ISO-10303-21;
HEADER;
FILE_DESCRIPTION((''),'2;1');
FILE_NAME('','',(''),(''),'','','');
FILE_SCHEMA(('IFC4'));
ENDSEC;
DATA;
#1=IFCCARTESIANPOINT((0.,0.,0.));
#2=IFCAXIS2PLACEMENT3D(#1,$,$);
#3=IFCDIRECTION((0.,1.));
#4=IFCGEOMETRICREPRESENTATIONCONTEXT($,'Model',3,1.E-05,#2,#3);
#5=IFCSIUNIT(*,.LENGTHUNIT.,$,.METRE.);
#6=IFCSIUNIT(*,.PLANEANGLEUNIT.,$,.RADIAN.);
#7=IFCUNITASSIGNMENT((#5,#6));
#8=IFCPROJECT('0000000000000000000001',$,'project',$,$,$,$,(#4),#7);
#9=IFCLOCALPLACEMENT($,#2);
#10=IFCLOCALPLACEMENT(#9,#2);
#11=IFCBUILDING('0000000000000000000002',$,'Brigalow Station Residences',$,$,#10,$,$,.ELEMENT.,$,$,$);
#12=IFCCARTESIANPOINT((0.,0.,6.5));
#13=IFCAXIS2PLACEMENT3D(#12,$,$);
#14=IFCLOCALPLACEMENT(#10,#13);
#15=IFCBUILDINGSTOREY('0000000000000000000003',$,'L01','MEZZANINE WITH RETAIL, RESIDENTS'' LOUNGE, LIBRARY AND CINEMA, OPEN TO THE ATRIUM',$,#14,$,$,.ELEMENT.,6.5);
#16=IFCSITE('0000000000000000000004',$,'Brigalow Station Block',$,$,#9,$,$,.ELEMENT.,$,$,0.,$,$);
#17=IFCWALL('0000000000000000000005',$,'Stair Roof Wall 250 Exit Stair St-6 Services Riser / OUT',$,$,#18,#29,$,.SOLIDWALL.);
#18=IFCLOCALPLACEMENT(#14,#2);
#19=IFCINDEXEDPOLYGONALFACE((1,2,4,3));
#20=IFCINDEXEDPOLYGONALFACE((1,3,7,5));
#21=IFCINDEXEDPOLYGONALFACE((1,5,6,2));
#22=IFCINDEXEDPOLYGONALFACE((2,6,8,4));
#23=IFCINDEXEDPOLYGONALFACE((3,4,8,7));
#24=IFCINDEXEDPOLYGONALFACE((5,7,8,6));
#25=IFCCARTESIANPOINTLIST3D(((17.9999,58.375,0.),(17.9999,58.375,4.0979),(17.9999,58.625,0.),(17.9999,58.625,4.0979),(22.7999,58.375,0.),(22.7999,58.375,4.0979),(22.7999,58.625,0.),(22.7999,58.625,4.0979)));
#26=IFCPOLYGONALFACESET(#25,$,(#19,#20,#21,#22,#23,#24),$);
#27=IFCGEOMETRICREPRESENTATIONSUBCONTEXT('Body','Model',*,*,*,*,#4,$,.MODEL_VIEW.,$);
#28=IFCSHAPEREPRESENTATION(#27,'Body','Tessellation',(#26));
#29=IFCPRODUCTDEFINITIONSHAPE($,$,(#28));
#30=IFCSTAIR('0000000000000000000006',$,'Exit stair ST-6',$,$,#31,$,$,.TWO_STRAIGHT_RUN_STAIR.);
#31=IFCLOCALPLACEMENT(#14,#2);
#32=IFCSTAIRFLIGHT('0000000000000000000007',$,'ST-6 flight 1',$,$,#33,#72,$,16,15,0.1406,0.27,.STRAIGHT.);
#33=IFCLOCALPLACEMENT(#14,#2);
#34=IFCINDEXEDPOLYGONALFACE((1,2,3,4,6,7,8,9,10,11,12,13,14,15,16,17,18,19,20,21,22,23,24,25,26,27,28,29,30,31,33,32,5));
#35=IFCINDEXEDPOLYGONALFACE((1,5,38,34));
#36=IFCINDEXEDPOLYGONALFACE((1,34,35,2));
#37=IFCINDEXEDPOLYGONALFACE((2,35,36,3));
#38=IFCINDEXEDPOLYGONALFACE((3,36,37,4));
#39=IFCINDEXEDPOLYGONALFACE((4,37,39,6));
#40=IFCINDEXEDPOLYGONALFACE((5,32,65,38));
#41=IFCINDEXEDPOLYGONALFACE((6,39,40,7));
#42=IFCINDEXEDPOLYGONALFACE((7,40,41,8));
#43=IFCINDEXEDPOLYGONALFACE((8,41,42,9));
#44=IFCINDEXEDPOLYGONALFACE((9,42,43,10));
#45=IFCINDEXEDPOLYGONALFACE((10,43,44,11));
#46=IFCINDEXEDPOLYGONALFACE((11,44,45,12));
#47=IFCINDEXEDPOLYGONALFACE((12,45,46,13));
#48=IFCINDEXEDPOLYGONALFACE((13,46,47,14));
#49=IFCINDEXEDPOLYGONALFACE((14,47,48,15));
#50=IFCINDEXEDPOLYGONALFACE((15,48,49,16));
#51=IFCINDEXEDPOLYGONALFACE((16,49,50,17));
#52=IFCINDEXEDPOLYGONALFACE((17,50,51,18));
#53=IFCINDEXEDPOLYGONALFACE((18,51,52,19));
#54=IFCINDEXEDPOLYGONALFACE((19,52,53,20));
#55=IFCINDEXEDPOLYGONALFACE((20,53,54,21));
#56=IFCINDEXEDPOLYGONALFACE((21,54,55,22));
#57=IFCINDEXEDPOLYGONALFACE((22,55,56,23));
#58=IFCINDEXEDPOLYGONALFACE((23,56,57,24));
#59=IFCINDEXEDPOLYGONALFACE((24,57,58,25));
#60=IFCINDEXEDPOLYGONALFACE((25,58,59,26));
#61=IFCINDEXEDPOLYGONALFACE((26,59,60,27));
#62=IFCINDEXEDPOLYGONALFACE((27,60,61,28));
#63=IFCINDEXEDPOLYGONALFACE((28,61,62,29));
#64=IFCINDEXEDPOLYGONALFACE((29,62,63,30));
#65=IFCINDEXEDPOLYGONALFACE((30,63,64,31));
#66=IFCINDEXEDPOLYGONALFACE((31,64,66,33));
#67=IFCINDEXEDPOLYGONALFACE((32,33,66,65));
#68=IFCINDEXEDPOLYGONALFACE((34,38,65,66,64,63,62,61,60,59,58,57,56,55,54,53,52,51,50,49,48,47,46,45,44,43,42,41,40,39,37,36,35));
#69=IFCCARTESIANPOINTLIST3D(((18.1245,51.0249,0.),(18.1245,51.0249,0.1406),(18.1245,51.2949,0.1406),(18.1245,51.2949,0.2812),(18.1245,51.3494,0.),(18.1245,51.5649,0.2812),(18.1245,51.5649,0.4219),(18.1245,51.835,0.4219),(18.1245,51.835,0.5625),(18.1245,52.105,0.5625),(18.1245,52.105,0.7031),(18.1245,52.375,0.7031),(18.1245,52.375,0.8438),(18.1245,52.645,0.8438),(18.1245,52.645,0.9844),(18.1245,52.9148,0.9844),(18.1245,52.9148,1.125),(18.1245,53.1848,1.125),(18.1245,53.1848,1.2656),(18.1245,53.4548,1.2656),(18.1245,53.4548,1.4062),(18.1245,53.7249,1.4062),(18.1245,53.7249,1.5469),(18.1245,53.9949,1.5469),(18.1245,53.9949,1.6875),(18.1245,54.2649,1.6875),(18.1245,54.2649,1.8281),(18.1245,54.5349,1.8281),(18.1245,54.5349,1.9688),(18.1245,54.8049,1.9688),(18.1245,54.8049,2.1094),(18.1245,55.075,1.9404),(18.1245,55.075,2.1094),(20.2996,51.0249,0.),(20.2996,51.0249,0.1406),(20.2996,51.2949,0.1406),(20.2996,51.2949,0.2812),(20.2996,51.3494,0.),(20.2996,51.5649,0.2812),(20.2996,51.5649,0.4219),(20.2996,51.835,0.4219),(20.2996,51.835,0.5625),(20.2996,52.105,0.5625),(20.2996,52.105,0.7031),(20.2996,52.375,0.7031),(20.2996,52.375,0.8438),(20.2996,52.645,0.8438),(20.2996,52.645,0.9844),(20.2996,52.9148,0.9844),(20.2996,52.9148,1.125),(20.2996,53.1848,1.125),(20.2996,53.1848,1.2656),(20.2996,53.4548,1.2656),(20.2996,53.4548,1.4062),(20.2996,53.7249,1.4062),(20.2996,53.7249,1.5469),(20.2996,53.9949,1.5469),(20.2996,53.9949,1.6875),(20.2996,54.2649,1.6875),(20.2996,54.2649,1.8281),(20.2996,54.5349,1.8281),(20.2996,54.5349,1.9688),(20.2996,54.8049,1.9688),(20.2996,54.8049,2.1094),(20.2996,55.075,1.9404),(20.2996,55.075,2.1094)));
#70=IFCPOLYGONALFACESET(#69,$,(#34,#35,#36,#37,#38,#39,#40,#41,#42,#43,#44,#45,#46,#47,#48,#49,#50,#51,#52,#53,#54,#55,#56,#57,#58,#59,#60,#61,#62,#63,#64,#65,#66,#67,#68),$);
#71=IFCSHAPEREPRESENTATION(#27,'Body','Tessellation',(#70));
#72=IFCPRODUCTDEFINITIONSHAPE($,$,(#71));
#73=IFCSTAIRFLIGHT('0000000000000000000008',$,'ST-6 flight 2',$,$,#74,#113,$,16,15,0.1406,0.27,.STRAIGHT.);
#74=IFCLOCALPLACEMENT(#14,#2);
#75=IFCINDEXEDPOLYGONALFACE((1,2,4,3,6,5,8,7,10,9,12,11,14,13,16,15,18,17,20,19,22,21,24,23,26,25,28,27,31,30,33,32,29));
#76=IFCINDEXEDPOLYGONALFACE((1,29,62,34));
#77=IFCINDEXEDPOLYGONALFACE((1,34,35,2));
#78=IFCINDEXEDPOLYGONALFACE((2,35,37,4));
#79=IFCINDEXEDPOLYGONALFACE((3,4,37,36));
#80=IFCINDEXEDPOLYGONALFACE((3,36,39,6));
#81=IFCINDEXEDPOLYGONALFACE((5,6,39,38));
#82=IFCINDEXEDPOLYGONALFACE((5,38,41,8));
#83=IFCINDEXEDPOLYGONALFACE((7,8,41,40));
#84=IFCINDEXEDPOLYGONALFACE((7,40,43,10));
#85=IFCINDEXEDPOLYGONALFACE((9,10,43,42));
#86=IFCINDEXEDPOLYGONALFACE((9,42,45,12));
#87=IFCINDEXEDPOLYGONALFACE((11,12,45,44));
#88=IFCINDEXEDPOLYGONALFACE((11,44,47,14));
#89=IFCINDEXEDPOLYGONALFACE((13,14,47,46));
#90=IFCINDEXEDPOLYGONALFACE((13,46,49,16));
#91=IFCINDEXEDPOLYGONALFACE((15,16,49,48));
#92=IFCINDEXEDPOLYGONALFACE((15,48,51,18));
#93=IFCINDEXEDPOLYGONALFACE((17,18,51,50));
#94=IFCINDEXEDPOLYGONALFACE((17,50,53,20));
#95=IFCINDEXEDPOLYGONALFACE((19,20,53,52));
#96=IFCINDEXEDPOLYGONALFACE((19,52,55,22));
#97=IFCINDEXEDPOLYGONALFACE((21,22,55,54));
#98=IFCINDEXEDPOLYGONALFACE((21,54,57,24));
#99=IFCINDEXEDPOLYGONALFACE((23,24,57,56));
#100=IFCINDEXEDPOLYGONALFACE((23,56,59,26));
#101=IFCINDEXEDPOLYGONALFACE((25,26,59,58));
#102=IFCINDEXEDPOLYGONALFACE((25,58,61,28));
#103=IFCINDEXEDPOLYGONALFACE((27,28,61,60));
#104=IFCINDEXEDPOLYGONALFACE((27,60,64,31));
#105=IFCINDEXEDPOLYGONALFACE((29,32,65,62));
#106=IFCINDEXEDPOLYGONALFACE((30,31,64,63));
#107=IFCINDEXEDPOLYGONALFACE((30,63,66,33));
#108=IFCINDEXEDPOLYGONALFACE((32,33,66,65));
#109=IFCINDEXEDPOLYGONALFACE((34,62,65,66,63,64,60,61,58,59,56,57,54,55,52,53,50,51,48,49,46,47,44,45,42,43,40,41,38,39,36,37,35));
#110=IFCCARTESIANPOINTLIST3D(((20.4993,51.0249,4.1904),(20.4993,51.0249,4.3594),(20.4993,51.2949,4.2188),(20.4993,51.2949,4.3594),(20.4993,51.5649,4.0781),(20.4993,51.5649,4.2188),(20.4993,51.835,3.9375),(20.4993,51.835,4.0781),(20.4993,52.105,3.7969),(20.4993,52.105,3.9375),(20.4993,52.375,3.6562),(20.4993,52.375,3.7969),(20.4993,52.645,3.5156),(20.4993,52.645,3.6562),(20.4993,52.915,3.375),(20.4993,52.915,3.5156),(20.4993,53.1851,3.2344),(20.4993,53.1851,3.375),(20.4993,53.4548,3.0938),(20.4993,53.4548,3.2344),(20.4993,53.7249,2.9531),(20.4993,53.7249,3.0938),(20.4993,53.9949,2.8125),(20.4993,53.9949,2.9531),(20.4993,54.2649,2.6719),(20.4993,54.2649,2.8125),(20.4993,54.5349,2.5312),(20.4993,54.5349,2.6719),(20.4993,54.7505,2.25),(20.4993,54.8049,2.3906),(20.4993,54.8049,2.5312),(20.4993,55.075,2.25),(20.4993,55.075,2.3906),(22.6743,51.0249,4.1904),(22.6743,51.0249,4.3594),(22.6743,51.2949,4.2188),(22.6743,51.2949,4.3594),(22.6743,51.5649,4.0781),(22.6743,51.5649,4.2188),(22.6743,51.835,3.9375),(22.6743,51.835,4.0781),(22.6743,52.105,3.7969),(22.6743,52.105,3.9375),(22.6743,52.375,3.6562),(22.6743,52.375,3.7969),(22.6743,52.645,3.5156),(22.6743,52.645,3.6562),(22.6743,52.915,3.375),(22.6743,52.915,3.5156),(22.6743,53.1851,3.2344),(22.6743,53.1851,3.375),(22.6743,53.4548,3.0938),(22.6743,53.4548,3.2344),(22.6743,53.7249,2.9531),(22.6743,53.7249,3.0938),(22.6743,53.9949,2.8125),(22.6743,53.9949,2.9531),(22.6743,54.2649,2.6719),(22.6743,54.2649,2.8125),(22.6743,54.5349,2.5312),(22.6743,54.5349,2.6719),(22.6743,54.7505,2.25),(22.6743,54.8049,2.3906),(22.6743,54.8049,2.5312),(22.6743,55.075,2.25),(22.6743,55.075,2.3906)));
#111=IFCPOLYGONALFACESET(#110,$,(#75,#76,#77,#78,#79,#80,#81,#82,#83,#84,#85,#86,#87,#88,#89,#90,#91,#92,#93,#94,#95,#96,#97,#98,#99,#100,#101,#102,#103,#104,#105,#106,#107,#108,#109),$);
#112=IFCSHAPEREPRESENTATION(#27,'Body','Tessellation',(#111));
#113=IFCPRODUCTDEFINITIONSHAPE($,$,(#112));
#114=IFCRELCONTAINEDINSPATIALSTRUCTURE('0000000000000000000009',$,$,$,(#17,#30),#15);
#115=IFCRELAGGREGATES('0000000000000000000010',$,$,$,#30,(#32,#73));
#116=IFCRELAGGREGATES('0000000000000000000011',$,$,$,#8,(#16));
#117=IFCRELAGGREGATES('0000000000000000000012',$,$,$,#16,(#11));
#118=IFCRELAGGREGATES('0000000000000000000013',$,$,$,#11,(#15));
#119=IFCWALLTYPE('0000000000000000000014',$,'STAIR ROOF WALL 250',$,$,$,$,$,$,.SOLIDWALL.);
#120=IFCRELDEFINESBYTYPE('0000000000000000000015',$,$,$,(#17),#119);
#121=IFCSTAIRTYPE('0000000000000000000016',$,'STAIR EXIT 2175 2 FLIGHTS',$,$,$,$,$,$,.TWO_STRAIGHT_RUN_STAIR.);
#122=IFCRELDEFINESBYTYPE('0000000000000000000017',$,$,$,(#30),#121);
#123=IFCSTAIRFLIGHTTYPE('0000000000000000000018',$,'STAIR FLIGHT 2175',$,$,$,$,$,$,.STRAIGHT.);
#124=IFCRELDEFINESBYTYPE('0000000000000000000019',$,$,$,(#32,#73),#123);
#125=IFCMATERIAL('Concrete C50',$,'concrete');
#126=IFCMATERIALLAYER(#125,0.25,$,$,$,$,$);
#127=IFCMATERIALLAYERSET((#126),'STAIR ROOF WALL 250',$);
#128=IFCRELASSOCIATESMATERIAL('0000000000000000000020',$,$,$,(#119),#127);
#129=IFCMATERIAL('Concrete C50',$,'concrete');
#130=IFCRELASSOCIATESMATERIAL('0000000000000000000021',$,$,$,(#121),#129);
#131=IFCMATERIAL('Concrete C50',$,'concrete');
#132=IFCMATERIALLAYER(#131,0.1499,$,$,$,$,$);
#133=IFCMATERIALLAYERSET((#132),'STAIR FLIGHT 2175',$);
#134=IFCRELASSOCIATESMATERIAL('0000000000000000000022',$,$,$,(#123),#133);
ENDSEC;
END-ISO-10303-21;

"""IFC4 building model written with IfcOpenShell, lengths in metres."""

from ifc_helpers import new_model, si_unit, direction, frame, frame_2d, origin, place, context, subcontext, project, spatial, polyline, rectangle, outline, extrude, material, layer, layer_set, type_object, element, aggregate, save


model = new_model("IFC4")

# Units and contexts
model_context = context("Model", 3, precision=1e-05, world=origin(), true_north=direction((0.0, 1.0)))
body_context = subcontext(model_context, "Body", "Model", "MODEL_VIEW")
ifc_project = project(units=[si_unit("LENGTHUNIT", "METRE"), si_unit("PLANEANGLEUNIT", "RADIAN")], contexts=[model_context])

# Site, building, storey
site_placement = place(None, origin())
site = spatial("IfcSite", under=ifc_project, at=site_placement, Name="Brigalow Station Block", CompositionType="ELEMENT", RefElevation=0.0)
building_placement = place(site_placement, origin())
building = spatial("IfcBuilding", under=site, at=building_placement, Name="Brigalow Station Residences", CompositionType="ELEMENT")
storey_placement = place(building_placement, frame((0.0, 0.0, 6.5)))
storey = spatial("IfcBuildingStorey", under=building, at=storey_placement, Name="L01", Description="MEZZANINE WITH RETAIL, RESIDENTS' LOUNGE, LIBRARY AND CINEMA, OPEN TO THE ATRIUM", CompositionType="ELEMENT", Elevation=6.5)

# Wall
ifc_material_1 = material(Name="Concrete C50", Category="concrete")
ifc_layer_1 = layer(ifc_material_1, 0.25)
ifc_layer_set_1 = layer_set([ifc_layer_1], Name="STAIR ROOF WALL 250")
wall_type_1 = type_object("IfcWallType", Name="STAIR ROOF WALL 250", PredefinedType="SOLIDWALL", material=ifc_layer_set_1)
wall_1_placement = place(storey_placement, frame((18.0, 58.5, 0.0), z_axis=(0.0, 0.0, 1.0), x_axis=(1.0, 0.0, 0.0)))
element("IfcWall", 1, at=wall_1_placement, inside=storey, type_object=wall_type_1, Name="Stair Roof Wall 250 Exit Stair St-6 Services Riser / OUT", PredefinedType="SOLIDWALL", context=body_context, shape_type="SweptSolid", body=[
    extrude(rectangle(XDim=4.8, YDim=0.25, at=frame_2d((2.3999, 0.0))), origin(), (0.0, 0.0, 1.0), 4.0979),
])

# Stair, stair flights
ifc_material_2 = material(Name="Concrete C50", Category="concrete")
stair_type = type_object("IfcStairType", Name="STAIR EXIT 2175 2 FLIGHTS", PredefinedType="TWO_STRAIGHT_RUN_STAIR", material=ifc_material_2)
stair_placement = place(storey_placement, origin())
stair = element("IfcStair", 2, at=stair_placement, inside=storey, type_object=stair_type, Name="Exit stair ST-6", PredefinedType="TWO_STRAIGHT_RUN_STAIR")
ifc_material_3 = material(Name="Concrete C50", Category="concrete")
ifc_layer_2 = layer(ifc_material_3, 0.1499)
ifc_layer_set_2 = layer_set([ifc_layer_2], Name="STAIR FLIGHT 2175")
stair_flight_type = type_object("IfcStairFlightType", Name="STAIR FLIGHT 2175", PredefinedType="STRAIGHT", material=ifc_layer_set_2)
stair_flight_1_placement = place(storey_placement, frame((19.2119, 51.0249, 0.0), z_axis=(0.0, 0.0, 1.0), x_axis=(0.0, 1.0, 0.0)))
stair_flight_1 = element("IfcStairFlight", 3, at=stair_flight_1_placement, type_object=stair_flight_type, Name="ST-6 flight 1", NumberOfRisers=16, NumberOfTreads=15, PredefinedType="STRAIGHT", RiserHeight=0.1406, TreadLength=0.27, context=body_context, shape_type="SweptSolid", body=[
    extrude(outline(polyline([(0.0, 0.0), (0.0, 0.1406), (0.27, 0.1406), (0.27, 0.2812), (0.54, 0.2812), (0.54, 0.4219), (0.8101, 0.4219), (0.8101, 0.5625), (1.0801, 0.5625), (1.0801, 0.7031), (1.3501, 0.7031), (1.3501, 0.8438), (1.6201, 0.8438), (1.6201, 0.9844), (1.8899, 0.9844), (1.8899, 1.125), (2.1599, 1.125), (2.1599, 1.2656), (2.4299, 1.2656), (2.4299, 1.4062), (2.7, 1.4062), (2.7, 1.5469), (2.97, 1.5469), (2.97, 1.6875), (3.24, 1.6875), (3.24, 1.8281), (3.51, 1.8281), (3.51, 1.9688), (3.78, 1.9688), (3.78, 2.1094), (4.05, 2.1094), (4.05, 2.25), (4.05, 1.9404), (0.3245, 0.0), (0.0, 0.0)])), frame((0.0, 1.0874, 0.0), z_axis=(0.0, -1.0, 0.0), x_axis=(1.0, 0.0, 0.0)), (0.0, 0.0, 1.0), 2.175),
])
stair_flight_2_placement = place(storey_placement, frame((21.5869, 55.075, 2.25), z_axis=(0.0, 0.0, 1.0), x_axis=(0.0, -1.0, 0.0)))
stair_flight_2 = element("IfcStairFlight", 4, at=stair_flight_2_placement, type_object=stair_flight_type, Name="ST-6 flight 2", NumberOfRisers=16, NumberOfTreads=15, PredefinedType="STRAIGHT", RiserHeight=0.1406, TreadLength=0.27, context=body_context, shape_type="SweptSolid", body=[
    extrude(outline(polyline([(0.0, 0.0), (0.0, 0.1406), (0.27, 0.1406), (0.27, 0.2812), (0.54, 0.2812), (0.54, 0.4219), (0.8101, 0.4219), (0.8101, 0.5625), (1.0801, 0.5625), (1.0801, 0.7031), (1.3501, 0.7031), (1.3501, 0.8438), (1.6201, 0.8438), (1.6201, 0.9844), (1.8899, 0.9844), (1.8899, 1.125), (2.1599, 1.125), (2.1599, 1.2656), (2.4299, 1.2656), (2.4299, 1.4062), (2.7, 1.4062), (2.7, 1.5469), (2.97, 1.5469), (2.97, 1.6875), (3.24, 1.6875), (3.24, 1.8281), (3.51, 1.8281), (3.51, 1.9688), (3.78, 1.9688), (3.78, 2.1094), (4.05, 2.1094), (4.05, 2.25), (4.05, 1.9404), (0.3245, 0.0), (0.0, 0.0)])), frame((0.0, 1.0874, 0.0), z_axis=(0.0, -1.0, 0.0), x_axis=(1.0, 0.0, 0.0)), (0.0, 0.0, 1.0), 2.175),
])
aggregate(stair, [stair_flight_1, stair_flight_2])

save(model, "model.ifc")
